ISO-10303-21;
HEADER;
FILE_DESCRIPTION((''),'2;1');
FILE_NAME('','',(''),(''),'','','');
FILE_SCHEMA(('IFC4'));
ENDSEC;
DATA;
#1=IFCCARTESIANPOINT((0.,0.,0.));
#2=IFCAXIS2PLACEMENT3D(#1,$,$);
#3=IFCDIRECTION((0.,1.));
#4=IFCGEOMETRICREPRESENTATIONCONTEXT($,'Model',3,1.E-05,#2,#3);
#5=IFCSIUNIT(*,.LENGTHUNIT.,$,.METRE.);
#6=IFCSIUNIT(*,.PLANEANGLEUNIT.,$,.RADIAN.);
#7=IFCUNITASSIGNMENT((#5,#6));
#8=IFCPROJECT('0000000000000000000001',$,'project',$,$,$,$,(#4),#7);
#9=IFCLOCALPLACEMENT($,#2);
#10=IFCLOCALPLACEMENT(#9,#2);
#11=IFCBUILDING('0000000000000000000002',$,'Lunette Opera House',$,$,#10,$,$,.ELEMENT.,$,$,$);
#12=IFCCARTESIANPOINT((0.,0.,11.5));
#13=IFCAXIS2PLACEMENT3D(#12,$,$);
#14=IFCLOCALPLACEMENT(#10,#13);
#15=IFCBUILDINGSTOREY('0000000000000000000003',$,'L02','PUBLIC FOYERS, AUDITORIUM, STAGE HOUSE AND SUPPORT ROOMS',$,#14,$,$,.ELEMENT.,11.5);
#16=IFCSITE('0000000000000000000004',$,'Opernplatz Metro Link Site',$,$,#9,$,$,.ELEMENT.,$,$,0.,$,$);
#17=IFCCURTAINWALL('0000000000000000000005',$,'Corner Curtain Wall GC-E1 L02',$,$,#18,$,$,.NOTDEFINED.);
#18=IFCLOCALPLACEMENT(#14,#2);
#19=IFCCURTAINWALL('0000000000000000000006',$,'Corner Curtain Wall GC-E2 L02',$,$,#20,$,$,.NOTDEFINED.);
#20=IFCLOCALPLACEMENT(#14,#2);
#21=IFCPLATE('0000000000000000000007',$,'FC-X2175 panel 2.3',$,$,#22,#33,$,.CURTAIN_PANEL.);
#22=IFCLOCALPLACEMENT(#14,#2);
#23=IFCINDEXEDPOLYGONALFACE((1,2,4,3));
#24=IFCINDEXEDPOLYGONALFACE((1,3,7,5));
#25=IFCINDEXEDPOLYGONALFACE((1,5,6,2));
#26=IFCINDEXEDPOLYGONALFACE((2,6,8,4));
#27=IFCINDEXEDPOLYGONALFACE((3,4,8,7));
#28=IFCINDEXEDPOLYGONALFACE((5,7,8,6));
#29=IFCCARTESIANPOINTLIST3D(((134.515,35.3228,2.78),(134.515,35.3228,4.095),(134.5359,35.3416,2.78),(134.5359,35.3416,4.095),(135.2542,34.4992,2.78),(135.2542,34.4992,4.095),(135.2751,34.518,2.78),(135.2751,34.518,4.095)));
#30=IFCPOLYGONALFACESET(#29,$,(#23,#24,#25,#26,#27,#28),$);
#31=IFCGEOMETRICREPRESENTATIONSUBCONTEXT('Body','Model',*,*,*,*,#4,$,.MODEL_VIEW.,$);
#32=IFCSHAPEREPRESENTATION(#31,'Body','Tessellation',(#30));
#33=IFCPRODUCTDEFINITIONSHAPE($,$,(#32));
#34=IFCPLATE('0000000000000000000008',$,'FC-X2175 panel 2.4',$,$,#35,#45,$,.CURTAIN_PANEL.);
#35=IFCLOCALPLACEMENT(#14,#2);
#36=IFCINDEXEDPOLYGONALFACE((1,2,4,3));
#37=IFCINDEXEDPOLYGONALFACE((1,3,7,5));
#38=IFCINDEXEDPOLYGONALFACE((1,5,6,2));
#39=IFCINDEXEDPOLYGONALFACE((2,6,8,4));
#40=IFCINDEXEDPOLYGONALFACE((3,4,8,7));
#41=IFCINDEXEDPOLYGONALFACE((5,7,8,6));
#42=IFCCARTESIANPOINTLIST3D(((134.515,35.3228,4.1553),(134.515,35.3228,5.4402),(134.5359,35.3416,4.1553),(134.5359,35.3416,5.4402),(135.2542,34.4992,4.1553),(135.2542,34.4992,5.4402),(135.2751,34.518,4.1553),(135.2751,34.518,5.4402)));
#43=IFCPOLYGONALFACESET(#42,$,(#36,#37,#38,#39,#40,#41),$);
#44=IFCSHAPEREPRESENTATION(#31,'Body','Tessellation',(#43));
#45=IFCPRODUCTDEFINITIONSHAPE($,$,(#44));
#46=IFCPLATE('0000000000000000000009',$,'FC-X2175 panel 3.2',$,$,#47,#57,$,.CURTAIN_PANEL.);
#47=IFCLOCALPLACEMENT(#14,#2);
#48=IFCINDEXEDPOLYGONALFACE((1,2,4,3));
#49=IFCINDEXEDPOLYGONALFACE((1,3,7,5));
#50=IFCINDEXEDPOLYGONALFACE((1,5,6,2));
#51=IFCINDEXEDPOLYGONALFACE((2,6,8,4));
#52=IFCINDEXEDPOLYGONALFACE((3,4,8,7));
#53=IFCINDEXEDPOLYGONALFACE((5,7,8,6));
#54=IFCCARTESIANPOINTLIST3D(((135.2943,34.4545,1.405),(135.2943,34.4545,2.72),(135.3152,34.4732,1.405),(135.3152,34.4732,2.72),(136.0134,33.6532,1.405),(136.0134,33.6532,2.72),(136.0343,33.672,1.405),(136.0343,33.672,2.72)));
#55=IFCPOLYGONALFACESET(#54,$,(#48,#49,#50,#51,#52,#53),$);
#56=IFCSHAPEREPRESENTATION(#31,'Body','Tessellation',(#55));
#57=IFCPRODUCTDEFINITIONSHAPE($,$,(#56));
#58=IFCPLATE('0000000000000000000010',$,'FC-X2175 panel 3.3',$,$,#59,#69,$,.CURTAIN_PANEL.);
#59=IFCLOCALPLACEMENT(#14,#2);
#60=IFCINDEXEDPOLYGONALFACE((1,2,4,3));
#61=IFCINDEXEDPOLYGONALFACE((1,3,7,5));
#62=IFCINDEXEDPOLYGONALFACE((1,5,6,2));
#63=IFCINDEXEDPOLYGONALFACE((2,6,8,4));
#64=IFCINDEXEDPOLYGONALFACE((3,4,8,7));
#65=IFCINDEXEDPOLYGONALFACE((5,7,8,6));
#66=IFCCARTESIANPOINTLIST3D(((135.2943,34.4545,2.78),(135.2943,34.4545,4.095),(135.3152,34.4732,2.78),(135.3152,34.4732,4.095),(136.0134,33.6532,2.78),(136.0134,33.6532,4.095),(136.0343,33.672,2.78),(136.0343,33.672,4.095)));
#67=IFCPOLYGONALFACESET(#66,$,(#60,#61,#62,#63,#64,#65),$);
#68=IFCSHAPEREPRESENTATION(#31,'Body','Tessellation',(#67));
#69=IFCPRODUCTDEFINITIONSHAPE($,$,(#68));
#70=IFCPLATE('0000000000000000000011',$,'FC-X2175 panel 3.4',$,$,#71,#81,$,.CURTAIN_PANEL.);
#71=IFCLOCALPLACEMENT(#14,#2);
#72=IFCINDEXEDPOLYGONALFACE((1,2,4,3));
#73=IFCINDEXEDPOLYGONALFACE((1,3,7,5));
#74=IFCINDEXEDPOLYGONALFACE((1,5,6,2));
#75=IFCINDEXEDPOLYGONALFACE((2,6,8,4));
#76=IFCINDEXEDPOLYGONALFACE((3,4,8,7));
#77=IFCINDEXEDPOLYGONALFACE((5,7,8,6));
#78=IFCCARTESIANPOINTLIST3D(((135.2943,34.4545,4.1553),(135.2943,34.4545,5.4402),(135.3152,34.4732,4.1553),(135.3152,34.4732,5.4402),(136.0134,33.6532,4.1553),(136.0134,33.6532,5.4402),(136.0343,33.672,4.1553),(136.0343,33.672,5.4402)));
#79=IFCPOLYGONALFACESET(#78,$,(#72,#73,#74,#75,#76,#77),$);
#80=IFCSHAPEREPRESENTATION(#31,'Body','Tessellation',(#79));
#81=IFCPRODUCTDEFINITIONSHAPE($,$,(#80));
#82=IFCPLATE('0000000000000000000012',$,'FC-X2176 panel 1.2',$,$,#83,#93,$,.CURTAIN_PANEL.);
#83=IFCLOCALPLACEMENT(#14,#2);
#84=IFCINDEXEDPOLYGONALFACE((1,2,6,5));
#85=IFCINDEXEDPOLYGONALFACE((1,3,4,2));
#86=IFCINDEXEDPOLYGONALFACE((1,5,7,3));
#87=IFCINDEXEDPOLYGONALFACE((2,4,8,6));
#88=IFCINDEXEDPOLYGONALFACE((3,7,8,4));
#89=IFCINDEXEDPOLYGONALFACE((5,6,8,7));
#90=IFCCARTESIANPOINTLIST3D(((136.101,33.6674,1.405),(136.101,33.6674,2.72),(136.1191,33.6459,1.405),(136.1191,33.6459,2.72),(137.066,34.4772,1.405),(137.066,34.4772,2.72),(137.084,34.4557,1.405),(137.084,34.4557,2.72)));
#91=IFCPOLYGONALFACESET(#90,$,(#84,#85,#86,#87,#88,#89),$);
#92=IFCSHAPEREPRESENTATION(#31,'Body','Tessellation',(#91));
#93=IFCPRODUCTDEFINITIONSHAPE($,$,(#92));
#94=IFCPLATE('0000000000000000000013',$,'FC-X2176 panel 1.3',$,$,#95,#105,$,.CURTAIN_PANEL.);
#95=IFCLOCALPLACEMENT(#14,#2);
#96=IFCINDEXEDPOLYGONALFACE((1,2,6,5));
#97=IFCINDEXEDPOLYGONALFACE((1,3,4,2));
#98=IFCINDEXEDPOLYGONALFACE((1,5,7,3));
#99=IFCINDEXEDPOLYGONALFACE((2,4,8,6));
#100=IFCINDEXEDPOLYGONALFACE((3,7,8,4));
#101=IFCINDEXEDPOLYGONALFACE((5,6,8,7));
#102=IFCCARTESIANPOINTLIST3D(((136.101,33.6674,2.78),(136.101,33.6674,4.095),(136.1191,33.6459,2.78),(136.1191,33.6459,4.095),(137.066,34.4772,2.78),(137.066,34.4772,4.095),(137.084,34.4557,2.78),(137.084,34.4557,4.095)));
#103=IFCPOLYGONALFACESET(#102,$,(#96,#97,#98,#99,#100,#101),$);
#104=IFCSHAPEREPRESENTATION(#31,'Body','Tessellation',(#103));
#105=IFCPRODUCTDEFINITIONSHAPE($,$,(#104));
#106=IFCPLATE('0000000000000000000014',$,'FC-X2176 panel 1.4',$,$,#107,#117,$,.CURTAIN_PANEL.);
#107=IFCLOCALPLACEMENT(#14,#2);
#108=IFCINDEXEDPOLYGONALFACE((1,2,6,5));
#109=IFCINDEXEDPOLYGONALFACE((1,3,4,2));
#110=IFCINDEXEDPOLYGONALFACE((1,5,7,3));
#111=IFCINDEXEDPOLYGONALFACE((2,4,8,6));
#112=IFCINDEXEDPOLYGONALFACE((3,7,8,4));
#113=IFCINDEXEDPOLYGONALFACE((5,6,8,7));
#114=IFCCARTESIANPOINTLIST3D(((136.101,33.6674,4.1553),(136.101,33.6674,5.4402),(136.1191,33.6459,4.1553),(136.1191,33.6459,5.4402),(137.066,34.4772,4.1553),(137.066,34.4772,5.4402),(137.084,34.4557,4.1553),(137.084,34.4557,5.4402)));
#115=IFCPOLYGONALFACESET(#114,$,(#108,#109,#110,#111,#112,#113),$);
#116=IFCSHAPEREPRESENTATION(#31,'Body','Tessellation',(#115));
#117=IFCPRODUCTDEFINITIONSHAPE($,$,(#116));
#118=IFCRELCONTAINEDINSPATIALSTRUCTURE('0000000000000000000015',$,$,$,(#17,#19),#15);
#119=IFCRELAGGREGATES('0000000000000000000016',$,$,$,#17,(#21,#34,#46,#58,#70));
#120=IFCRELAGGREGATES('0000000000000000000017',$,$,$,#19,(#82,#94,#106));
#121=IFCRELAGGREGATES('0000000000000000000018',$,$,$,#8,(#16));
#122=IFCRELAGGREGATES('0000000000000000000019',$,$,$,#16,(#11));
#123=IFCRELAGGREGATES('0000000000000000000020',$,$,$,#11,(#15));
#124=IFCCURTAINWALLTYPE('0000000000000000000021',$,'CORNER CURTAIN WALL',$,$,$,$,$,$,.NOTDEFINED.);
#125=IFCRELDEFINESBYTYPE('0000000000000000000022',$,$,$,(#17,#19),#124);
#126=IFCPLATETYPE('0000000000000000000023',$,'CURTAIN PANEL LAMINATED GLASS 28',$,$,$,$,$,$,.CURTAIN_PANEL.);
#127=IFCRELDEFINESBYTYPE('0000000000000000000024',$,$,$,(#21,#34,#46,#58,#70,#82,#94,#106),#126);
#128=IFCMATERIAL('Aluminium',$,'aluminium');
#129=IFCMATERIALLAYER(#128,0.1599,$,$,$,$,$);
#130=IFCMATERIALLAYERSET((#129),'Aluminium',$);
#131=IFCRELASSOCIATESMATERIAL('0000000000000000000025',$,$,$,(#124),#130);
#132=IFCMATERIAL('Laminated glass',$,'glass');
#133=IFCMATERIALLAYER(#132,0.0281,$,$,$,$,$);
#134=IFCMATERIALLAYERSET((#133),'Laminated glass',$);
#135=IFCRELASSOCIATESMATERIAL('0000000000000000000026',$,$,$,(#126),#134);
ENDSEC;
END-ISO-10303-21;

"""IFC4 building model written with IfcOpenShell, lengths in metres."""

from ifc_helpers import new_model, si_unit, direction, frame, origin, origin_2d, place, context, subcontext, project, spatial, rectangle, extrude, material, layer, layer_set, type_object, element, aggregate, save


model = new_model("IFC4")

# Units and contexts
model_context = context("Model", 3, precision=1e-05, world=origin(), true_north=direction((0.0, 1.0)))
body_context = subcontext(model_context, "Body", "Model", "MODEL_VIEW")
ifc_project = project(units=[si_unit("LENGTHUNIT", "METRE"), si_unit("PLANEANGLEUNIT", "RADIAN")], contexts=[model_context])

# Site, building, storey
site_placement = place(None, origin())
site = spatial("IfcSite", under=ifc_project, at=site_placement, Name="Opernplatz Metro Link Site", CompositionType="ELEMENT", RefElevation=0.0)
building_placement = place(site_placement, origin())
building = spatial("IfcBuilding", under=site, at=building_placement, Name="Lunette Opera House", CompositionType="ELEMENT")
storey_placement = place(building_placement, frame((0.0, 0.0, 11.5)))
storey = spatial("IfcBuildingStorey", under=building, at=storey_placement, Name="L02", Description="PUBLIC FOYERS, AUDITORIUM, STAGE HOUSE AND SUPPORT ROOMS", CompositionType="ELEMENT", Elevation=11.5)

# Curtain walls
ifc_material_1 = material(Name="Aluminium", Category="aluminium")
ifc_layer_1 = layer(ifc_material_1, 0.1599)
ifc_layer_set_1 = layer_set([ifc_layer_1], Name="Aluminium")
curtain_wall_type = type_object("IfcCurtainWallType", Name="CORNER CURTAIN WALL", PredefinedType="NOTDEFINED", material=ifc_layer_set_1)
curtain_wall_1_placement = place(storey_placement, origin())
curtain_wall_1 = element("IfcCurtainWall", 1, at=curtain_wall_1_placement, inside=storey, type_object=curtain_wall_type, Name="Corner Curtain Wall GC-E1 L02", PredefinedType="NOTDEFINED")
curtain_wall_2_placement = place(storey_placement, origin())
curtain_wall_2 = element("IfcCurtainWall", 2, at=curtain_wall_2_placement, inside=storey, type_object=curtain_wall_type, Name="Corner Curtain Wall GC-E2 L02", PredefinedType="NOTDEFINED")

# Plates
ifc_material_2 = material(Name="Laminated glass", Category="glass")
ifc_layer_2 = layer(ifc_material_2, 0.0281)
ifc_layer_set_2 = layer_set([ifc_layer_2], Name="Laminated glass")
plate_type = type_object("IfcPlateType", Name="CURTAIN PANEL LAMINATED GLASS 28", PredefinedType="CURTAIN_PANEL", material=ifc_layer_set_2)
plate_1_placement = place(storey_placement, frame((134.895, 34.9204, 2.78), z_axis=(0.0, 0.0, 1.0), x_axis=(0.667938, -0.744217, 0.0)))
plate_1 = element("IfcPlate", 3, at=plate_1_placement, type_object=plate_type, Name="FC-X2175 panel 2.3", PredefinedType="CURTAIN_PANEL", context=body_context, shape_type="SweptSolid", body=[
    extrude(rectangle(XDim=1.1067, YDim=0.0281, at=origin_2d()), origin(), (0.0, 0.0, 1.0), 1.3149),
])
plate_2_placement = place(storey_placement, frame((134.895, 34.9204, 4.1553), z_axis=(0.0, 0.0, 1.0), x_axis=(0.667938, -0.744217, 0.0)))
plate_2 = element("IfcPlate", 4, at=plate_2_placement, type_object=plate_type, Name="FC-X2175 panel 2.4", PredefinedType="CURTAIN_PANEL", context=body_context, shape_type="SweptSolid", body=[
    extrude(rectangle(XDim=1.1067, YDim=0.0281, at=origin_2d()), origin(), (0.0, 0.0, 1.0), 1.2849),
])
plate_3_placement = place(storey_placement, frame((135.6643, 34.0632, 1.405), z_axis=(0.0, 0.0, 1.0), x_axis=(0.667938, -0.744217, 0.0)))
plate_3 = element("IfcPlate", 5, at=plate_3_placement, type_object=plate_type, Name="FC-X2175 panel 3.2", PredefinedType="CURTAIN_PANEL", context=body_context, shape_type="SweptSolid", body=[
    extrude(rectangle(XDim=1.0767, YDim=0.0281, at=origin_2d()), origin(), (0.0, 0.0, 1.0), 1.3149),
])
plate_4_placement = place(storey_placement, frame((135.6643, 34.0632, 2.78), z_axis=(0.0, 0.0, 1.0), x_axis=(0.667938, -0.744217, 0.0)))
plate_4 = element("IfcPlate", 6, at=plate_4_placement, type_object=plate_type, Name="FC-X2175 panel 3.3", PredefinedType="CURTAIN_PANEL", context=body_context, shape_type="SweptSolid", body=[
    extrude(rectangle(XDim=1.0767, YDim=0.0281, at=origin_2d()), origin(), (0.0, 0.0, 1.0), 1.3149),
])
plate_5_placement = place(storey_placement, frame((135.6643, 34.0632, 4.1553), z_axis=(0.0, 0.0, 1.0), x_axis=(0.667938, -0.744217, 0.0)))
plate_5 = element("IfcPlate", 7, at=plate_5_placement, type_object=plate_type, Name="FC-X2175 panel 3.4", PredefinedType="CURTAIN_PANEL", context=body_context, shape_type="SweptSolid", body=[
    extrude(rectangle(XDim=1.0767, YDim=0.0281, at=origin_2d()), origin(), (0.0, 0.0, 1.0), 1.2849),
])
aggregate(curtain_wall_1, [plate_1, plate_2, plate_3, plate_4, plate_5])
plate_6_placement = place(storey_placement, frame((136.5925, 34.0615, 1.405), z_axis=(0.0, 0.0, 1.0), x_axis=(0.766, 0.64284, 0.0)))
plate_6 = element("IfcPlate", 8, at=plate_6_placement, type_object=plate_type, Name="FC-X2176 panel 1.2", PredefinedType="CURTAIN_PANEL", context=body_context, shape_type="SweptSolid", body=[
    extrude(rectangle(XDim=1.2598, YDim=0.0281, at=origin_2d()), origin(), (0.0, 0.0, 1.0), 1.3149),
])
plate_7_placement = place(storey_placement, frame((136.5925, 34.0615, 2.78), z_axis=(0.0, 0.0, 1.0), x_axis=(0.766, 0.64284, 0.0)))
plate_7 = element("IfcPlate", 9, at=plate_7_placement, type_object=plate_type, Name="FC-X2176 panel 1.3", PredefinedType="CURTAIN_PANEL", context=body_context, shape_type="SweptSolid", body=[
    extrude(rectangle(XDim=1.2598, YDim=0.0281, at=origin_2d()), origin(), (0.0, 0.0, 1.0), 1.3149),
])
plate_8_placement = place(storey_placement, frame((136.5925, 34.0615, 4.1553), z_axis=(0.0, 0.0, 1.0), x_axis=(0.766, 0.64284, 0.0)))
plate_8 = element("IfcPlate", 10, at=plate_8_placement, type_object=plate_type, Name="FC-X2176 panel 1.4", PredefinedType="CURTAIN_PANEL", context=body_context, shape_type="SweptSolid", body=[
    extrude(rectangle(XDim=1.2598, YDim=0.0281, at=origin_2d()), origin(), (0.0, 0.0, 1.0), 1.2849),
])
aggregate(curtain_wall_2, [plate_6, plate_7, plate_8])

save(model, "model.ifc")
